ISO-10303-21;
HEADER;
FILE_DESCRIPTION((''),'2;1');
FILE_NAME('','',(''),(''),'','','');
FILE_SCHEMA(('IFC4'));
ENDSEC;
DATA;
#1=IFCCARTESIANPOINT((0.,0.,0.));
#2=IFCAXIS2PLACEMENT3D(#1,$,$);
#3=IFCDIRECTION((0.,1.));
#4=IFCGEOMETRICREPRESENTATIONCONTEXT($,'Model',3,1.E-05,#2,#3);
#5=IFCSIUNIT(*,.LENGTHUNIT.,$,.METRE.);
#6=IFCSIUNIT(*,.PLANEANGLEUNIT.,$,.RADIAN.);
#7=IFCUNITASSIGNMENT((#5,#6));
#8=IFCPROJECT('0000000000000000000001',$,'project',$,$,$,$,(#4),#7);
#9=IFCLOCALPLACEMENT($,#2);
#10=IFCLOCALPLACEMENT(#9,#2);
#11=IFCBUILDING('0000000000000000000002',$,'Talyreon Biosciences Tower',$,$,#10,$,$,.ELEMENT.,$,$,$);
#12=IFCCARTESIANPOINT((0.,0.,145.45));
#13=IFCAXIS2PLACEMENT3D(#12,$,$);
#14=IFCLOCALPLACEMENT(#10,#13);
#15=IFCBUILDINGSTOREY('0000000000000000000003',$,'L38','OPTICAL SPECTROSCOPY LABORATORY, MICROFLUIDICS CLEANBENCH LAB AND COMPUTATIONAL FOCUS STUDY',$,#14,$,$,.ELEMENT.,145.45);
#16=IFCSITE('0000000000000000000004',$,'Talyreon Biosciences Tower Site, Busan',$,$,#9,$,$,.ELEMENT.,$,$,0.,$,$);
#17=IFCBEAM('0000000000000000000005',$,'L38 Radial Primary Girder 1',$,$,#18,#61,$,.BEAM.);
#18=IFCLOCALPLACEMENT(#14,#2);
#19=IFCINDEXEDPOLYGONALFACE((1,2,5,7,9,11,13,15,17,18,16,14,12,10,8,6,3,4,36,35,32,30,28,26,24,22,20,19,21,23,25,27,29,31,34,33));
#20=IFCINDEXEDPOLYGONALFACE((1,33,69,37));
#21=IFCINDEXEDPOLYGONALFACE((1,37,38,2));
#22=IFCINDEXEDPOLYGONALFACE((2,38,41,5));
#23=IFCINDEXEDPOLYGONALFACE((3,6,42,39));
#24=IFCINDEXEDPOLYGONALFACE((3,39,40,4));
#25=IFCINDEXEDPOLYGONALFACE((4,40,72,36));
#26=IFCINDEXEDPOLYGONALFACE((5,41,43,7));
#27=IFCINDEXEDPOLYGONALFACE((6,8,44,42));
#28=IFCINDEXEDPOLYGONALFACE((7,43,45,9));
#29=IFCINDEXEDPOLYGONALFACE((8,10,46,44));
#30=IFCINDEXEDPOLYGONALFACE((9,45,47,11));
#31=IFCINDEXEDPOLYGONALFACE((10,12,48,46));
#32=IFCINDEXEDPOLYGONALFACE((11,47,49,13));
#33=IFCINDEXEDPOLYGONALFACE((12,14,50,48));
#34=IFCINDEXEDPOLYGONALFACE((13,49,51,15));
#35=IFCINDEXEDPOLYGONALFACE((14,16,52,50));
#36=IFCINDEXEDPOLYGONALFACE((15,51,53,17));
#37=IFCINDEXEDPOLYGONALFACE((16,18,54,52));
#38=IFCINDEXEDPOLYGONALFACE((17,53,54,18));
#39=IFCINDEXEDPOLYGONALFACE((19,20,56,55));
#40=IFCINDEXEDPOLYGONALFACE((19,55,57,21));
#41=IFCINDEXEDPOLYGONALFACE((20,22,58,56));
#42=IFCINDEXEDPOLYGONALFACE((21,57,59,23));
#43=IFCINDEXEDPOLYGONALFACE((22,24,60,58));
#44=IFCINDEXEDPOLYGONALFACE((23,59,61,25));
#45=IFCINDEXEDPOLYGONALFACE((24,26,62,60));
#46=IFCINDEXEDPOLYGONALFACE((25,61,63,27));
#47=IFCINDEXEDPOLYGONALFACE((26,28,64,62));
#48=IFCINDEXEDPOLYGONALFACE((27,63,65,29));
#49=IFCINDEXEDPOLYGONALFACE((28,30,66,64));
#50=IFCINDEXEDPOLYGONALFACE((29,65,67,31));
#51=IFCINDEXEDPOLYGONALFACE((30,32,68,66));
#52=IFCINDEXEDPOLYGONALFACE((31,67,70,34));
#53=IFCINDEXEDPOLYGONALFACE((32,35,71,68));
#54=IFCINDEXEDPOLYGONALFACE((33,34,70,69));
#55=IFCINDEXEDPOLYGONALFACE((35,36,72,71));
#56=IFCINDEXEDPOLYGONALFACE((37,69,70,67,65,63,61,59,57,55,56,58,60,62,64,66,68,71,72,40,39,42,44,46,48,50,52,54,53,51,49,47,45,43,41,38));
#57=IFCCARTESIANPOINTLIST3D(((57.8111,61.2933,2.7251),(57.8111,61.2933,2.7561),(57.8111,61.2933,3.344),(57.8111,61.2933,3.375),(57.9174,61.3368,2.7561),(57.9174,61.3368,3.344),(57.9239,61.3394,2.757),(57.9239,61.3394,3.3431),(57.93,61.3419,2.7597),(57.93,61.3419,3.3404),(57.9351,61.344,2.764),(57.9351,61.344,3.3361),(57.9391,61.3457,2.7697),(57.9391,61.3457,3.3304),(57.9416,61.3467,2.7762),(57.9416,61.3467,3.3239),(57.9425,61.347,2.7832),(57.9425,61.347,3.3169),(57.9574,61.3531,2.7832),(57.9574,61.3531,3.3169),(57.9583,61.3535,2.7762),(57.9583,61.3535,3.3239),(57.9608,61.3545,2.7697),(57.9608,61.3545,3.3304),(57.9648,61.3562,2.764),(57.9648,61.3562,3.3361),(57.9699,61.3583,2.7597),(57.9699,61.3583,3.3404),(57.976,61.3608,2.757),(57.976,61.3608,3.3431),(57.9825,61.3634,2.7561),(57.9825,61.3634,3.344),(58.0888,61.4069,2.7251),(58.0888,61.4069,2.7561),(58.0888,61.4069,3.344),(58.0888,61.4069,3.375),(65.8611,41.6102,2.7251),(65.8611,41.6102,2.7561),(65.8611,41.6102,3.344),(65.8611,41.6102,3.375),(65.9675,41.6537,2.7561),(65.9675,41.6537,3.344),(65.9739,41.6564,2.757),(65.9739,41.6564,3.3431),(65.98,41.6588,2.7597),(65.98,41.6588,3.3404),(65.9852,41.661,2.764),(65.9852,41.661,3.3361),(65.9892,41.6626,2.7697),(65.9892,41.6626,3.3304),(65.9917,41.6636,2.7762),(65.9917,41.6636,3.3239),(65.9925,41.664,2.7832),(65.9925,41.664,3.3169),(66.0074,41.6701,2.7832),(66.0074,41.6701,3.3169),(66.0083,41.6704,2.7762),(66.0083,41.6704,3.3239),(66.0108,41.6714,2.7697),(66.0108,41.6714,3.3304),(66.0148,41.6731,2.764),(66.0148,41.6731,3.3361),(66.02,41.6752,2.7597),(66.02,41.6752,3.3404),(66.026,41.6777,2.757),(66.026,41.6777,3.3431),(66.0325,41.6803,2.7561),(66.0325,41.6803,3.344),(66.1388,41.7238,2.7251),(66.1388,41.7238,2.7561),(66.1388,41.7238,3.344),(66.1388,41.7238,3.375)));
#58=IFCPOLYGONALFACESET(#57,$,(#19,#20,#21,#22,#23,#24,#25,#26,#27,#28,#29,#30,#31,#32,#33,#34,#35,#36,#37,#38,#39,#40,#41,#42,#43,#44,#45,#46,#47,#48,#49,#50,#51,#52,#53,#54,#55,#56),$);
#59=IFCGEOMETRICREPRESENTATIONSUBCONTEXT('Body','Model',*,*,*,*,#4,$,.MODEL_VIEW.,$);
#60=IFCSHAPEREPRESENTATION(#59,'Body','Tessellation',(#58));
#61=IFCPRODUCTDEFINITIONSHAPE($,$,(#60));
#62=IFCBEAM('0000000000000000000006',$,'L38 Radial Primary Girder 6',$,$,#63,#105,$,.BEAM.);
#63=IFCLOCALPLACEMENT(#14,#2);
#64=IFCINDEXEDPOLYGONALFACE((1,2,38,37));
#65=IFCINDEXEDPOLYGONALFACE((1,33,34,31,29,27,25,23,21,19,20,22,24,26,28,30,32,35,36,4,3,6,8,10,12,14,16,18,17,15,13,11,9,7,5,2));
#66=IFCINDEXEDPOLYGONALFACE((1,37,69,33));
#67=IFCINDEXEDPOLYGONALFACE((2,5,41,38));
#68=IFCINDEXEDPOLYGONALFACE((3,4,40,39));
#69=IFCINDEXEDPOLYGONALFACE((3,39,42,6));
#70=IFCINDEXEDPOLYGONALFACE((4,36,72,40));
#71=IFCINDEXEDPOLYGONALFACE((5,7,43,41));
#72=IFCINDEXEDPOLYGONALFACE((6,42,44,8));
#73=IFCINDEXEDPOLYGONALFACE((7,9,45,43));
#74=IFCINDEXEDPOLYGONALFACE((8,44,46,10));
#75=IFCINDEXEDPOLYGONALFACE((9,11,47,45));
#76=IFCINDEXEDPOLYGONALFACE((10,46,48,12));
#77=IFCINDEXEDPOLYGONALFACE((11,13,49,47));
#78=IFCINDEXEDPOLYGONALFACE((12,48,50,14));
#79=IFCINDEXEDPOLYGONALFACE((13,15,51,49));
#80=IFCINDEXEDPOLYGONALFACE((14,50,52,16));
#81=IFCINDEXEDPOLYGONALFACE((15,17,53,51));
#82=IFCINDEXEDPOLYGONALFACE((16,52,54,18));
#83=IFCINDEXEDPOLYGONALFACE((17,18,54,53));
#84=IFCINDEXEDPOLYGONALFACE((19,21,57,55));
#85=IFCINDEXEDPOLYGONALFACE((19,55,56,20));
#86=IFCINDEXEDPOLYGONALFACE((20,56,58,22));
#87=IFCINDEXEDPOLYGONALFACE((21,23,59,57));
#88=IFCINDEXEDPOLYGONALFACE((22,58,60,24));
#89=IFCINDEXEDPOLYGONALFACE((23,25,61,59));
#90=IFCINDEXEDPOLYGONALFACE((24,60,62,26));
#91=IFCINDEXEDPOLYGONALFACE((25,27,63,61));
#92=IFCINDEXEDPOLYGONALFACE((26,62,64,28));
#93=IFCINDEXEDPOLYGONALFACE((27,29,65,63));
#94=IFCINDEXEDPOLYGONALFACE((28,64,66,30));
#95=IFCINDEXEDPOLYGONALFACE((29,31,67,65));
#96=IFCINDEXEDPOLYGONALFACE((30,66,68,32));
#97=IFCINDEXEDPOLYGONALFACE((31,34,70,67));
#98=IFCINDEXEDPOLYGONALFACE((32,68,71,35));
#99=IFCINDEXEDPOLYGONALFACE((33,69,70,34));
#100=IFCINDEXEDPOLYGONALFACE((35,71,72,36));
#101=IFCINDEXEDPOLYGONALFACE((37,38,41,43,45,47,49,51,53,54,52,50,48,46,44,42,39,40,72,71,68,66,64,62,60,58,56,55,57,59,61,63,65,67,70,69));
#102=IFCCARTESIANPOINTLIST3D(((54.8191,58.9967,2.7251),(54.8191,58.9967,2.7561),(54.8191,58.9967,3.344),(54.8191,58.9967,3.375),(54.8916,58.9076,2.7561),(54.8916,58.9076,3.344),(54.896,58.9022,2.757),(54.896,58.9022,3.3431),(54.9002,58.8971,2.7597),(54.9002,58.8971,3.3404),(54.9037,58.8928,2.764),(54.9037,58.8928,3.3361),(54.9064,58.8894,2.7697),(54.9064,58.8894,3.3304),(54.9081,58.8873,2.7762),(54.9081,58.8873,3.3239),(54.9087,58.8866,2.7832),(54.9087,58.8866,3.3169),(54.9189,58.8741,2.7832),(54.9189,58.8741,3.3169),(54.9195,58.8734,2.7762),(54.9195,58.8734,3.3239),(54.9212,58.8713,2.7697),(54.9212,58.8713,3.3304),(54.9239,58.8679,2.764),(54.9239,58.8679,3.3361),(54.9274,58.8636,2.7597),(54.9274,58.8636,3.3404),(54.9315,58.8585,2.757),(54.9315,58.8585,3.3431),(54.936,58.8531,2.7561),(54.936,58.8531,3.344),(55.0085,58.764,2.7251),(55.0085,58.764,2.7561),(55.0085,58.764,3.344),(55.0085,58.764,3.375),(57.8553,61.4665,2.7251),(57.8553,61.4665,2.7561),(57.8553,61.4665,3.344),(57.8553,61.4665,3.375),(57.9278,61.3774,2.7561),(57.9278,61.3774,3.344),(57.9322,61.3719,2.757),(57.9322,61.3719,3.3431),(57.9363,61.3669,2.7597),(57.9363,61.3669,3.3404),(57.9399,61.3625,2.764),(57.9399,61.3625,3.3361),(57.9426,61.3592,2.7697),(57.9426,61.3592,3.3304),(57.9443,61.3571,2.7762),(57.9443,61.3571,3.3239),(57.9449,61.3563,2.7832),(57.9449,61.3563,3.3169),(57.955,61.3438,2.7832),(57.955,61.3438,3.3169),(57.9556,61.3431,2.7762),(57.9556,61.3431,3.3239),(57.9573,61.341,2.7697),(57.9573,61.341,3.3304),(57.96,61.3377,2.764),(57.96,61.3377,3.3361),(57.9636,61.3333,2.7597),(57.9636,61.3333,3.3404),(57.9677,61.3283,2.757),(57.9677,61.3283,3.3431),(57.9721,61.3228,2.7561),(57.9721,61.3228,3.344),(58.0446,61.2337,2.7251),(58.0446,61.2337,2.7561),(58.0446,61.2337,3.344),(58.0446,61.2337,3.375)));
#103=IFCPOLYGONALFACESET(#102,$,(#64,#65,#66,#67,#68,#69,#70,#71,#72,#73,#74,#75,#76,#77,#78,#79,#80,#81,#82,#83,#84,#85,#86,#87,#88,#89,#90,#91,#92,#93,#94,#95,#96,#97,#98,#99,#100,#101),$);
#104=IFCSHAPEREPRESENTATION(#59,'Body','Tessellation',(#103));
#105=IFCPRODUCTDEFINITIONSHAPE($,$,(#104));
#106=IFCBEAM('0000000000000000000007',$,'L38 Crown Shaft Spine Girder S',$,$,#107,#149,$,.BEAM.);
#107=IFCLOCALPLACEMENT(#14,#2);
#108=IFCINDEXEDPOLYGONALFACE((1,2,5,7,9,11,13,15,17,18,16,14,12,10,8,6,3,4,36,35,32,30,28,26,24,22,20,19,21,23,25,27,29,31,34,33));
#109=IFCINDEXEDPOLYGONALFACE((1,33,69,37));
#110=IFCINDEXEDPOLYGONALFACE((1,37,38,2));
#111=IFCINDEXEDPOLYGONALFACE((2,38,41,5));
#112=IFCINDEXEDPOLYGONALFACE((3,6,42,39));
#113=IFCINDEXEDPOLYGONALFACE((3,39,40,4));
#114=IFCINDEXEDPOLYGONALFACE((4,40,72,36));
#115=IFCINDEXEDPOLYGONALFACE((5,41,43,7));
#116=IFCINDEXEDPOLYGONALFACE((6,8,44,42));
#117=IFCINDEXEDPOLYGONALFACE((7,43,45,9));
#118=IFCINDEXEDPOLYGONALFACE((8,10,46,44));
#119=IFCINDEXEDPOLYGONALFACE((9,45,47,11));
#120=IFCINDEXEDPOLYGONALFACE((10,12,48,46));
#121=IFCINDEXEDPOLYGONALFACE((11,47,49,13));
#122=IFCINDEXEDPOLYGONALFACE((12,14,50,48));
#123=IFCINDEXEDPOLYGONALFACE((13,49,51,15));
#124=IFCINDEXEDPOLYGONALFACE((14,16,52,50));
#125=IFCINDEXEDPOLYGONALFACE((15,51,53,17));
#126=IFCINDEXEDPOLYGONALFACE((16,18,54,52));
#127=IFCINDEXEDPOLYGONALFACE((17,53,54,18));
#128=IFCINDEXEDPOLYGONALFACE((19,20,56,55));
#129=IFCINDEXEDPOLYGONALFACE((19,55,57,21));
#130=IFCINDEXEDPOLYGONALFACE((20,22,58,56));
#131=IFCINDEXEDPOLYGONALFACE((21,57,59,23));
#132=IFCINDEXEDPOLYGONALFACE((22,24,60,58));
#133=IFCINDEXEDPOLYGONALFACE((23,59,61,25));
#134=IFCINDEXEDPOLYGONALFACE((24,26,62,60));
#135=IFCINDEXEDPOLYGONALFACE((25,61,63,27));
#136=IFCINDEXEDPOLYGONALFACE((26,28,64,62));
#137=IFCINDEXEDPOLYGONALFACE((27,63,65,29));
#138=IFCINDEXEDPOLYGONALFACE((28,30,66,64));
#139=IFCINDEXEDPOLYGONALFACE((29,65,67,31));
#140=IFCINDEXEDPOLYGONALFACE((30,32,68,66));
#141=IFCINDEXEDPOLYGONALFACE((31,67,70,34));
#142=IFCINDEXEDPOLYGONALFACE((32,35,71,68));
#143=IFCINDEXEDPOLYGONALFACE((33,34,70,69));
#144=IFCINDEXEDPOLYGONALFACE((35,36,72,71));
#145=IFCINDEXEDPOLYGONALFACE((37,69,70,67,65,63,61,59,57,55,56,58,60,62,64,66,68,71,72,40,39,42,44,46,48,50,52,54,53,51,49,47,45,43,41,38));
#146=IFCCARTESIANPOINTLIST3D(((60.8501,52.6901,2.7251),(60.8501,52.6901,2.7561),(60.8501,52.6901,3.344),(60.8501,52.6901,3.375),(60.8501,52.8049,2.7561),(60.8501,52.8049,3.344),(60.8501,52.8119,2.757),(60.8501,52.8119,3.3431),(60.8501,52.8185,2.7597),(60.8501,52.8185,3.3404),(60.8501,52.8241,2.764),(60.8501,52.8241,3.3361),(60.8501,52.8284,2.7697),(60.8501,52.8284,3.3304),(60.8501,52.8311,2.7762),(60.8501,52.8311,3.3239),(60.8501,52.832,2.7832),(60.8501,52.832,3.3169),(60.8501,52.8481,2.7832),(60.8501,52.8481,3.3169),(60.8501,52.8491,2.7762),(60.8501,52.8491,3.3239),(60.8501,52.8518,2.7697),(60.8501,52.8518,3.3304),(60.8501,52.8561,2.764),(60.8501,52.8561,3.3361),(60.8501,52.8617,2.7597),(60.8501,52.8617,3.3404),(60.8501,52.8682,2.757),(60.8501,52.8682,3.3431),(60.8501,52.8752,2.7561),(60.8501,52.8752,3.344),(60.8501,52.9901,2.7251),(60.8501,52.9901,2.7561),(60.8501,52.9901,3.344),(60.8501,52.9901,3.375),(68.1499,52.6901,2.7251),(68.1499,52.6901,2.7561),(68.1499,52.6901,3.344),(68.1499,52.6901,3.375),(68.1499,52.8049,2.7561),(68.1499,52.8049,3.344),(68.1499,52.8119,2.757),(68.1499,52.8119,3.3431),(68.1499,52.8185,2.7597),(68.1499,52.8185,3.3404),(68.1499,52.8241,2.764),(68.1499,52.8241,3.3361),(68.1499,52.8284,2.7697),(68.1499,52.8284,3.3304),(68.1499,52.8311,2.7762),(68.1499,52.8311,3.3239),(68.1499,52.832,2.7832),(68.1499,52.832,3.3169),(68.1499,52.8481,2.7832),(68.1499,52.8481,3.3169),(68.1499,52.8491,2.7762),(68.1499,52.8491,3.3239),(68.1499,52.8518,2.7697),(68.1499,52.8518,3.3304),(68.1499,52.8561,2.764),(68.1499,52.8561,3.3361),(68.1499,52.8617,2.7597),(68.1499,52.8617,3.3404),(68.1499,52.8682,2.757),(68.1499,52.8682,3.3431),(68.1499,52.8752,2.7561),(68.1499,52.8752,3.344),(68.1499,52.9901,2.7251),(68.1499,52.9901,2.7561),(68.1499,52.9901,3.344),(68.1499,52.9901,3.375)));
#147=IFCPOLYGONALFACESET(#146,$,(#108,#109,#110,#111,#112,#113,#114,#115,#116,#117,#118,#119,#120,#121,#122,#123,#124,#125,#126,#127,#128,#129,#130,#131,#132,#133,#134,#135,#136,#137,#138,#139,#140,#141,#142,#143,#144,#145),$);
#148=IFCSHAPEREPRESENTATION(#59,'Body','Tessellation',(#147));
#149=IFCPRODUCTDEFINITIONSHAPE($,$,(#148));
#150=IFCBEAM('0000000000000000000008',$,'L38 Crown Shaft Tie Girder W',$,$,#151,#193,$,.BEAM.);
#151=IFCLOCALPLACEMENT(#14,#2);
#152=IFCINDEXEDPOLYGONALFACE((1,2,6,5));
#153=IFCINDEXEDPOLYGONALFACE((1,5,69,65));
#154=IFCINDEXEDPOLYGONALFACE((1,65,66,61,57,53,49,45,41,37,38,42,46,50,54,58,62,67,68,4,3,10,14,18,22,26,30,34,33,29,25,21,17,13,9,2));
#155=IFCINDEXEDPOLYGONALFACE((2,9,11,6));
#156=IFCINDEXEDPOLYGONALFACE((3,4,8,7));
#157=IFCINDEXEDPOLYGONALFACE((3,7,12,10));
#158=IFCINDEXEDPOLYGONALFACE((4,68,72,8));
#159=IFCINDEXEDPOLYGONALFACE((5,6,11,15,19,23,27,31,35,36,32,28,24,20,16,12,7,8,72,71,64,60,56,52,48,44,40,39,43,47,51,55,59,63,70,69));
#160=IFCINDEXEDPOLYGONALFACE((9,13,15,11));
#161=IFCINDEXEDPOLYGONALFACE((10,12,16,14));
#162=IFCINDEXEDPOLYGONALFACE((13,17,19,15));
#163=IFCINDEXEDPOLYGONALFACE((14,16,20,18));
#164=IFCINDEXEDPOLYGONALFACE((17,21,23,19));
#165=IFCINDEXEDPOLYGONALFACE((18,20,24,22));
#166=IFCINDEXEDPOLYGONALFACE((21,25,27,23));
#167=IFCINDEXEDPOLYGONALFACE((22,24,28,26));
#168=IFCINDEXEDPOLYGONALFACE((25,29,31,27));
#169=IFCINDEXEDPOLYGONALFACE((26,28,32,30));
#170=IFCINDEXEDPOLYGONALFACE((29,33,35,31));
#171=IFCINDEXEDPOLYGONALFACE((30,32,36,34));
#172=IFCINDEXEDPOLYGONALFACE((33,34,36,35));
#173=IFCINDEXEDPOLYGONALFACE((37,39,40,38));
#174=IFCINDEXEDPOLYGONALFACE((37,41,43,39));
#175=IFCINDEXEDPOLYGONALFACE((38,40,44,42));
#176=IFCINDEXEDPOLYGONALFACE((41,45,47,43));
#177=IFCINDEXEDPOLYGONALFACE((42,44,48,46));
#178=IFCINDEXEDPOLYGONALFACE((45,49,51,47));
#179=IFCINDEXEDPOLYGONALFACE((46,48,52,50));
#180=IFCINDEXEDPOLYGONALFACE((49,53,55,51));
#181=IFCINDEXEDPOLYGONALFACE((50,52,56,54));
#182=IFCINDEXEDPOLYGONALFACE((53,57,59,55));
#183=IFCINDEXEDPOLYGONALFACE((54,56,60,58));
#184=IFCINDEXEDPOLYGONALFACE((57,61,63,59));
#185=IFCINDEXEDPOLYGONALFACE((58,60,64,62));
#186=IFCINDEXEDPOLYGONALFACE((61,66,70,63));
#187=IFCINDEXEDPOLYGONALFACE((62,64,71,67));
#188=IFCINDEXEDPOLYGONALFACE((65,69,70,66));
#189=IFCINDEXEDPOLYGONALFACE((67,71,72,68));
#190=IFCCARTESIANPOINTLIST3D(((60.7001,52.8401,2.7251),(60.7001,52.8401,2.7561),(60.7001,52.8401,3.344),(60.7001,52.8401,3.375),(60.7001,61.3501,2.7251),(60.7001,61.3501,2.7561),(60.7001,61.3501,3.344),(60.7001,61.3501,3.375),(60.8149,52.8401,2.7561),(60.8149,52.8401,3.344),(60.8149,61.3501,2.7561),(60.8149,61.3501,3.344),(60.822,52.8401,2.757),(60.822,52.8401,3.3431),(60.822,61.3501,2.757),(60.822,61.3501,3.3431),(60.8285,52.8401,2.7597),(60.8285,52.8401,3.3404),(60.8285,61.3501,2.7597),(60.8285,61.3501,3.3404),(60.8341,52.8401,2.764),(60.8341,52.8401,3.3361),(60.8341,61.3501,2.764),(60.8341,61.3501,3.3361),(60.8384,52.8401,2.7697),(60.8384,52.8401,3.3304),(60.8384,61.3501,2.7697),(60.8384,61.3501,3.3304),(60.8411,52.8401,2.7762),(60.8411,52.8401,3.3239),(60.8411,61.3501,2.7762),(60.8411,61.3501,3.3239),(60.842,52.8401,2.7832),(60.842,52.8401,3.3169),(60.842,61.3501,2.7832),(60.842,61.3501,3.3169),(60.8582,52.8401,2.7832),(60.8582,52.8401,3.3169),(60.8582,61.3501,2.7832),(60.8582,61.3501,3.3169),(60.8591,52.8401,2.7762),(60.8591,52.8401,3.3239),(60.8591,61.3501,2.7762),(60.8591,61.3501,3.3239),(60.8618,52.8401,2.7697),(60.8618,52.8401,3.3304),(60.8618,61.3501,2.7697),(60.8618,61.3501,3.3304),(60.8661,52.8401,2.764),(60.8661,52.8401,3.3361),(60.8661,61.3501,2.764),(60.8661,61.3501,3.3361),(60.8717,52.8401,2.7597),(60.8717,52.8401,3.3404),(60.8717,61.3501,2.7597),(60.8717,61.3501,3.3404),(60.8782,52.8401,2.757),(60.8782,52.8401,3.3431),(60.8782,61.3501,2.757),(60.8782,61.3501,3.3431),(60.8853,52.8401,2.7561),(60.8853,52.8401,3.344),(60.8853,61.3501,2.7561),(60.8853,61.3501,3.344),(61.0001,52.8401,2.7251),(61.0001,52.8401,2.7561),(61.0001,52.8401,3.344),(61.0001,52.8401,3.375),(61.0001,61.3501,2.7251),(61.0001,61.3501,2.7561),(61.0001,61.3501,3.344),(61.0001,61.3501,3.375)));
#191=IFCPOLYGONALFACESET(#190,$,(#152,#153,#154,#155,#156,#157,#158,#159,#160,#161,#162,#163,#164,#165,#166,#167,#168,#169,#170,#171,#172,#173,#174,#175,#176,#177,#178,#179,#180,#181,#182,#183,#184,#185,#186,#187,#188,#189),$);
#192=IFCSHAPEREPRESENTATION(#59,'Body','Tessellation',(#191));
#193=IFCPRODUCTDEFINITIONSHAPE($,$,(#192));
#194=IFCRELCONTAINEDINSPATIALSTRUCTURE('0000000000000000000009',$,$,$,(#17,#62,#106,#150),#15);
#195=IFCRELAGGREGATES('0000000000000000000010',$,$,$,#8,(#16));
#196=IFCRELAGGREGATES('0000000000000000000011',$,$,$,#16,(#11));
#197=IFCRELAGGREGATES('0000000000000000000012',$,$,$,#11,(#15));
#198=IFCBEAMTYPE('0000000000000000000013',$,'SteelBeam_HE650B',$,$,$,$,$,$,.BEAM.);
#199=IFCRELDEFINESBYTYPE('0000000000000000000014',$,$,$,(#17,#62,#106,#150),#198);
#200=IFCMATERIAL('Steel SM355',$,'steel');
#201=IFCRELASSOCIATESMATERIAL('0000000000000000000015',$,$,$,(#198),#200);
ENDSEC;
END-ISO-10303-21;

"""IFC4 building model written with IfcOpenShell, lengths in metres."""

from ifc_helpers import new_model, si_unit, direction, frame, origin, origin_2d, place, context, subcontext, project, spatial, i_section, extrude, material, material_profile, profile_set, type_object, element, save


model = new_model("IFC4")

# Units and contexts
model_context = context("Model", 3, precision=1e-05, world=origin(), true_north=direction((0.0, 1.0)))
body_context = subcontext(model_context, "Body", "Model", "MODEL_VIEW")
ifc_project = project(units=[si_unit("LENGTHUNIT", "METRE"), si_unit("PLANEANGLEUNIT", "RADIAN")], contexts=[model_context])

# Site, building, storey
site_placement = place(None, origin())
site = spatial("IfcSite", under=ifc_project, at=site_placement, Name="Talyreon Biosciences Tower Site, Busan", CompositionType="ELEMENT", RefElevation=0.0)
building_placement = place(site_placement, origin())
building = spatial("IfcBuilding", under=site, at=building_placement, Name="Talyreon Biosciences Tower", CompositionType="ELEMENT")
storey_placement = place(building_placement, frame((0.0, 0.0, 145.45)))
storey = spatial("IfcBuildingStorey", under=building, at=storey_placement, Name="L38", Description="OPTICAL SPECTROSCOPY LABORATORY, MICROFLUIDICS CLEANBENCH LAB AND COMPUTATIONAL FOCUS STUDY", CompositionType="ELEMENT", Elevation=145.45)

# Beams
ifc_material_1 = material(Name="Steel SM355", Category="steel")
ifc_material_profile_1 = material_profile(ifc_material_1, i_section(OverallWidth=0.3, OverallDepth=0.6499, WebThickness=0.0161, FlangeThickness=0.031, FilletRadius=0.0271, at=origin_2d()), Name="HE650B")
ifc_profile_set_1 = profile_set([ifc_material_profile_1], Name="Steel SM355")
beam_type_1 = type_object("IfcBeamType", Name="SteelBeam_HE650B", PredefinedType="BEAM", material=ifc_profile_set_1)
beam_1_placement = place(storey_placement, frame((57.95, 61.3501, 3.05), z_axis=(0.378547, -0.925582, 0.0), x_axis=(0.925582, 0.378547, 0.0)))
element("IfcBeam", 1, at=beam_1_placement, inside=storey, type_object=beam_type_1, Name="L38 Radial Primary Girder 1", PredefinedType="BEAM", context=body_context, shape_type="SweptSolid", body=[
    extrude(i_section(OverallWidth=0.3, OverallDepth=0.6499, WebThickness=0.0161, FlangeThickness=0.031, FilletRadius=0.0271, at=origin_2d()), origin(), (0.0, 0.0, 1.0), 21.2656),
])
beam_2_placement = place(storey_placement, frame((57.95, 61.3501, 3.05), z_axis=(-0.775755, -0.631034, 0.0), x_axis=(0.631034, -0.775755, 0.0)))
element("IfcBeam", 2, at=beam_2_placement, inside=storey, type_object=beam_type_1, Name="L38 Radial Primary Girder 6", PredefinedType="BEAM", context=body_context, shape_type="SweptSolid", body=[
    extrude(i_section(OverallWidth=0.3, OverallDepth=0.6499, WebThickness=0.0161, FlangeThickness=0.031, FilletRadius=0.0271, at=origin_2d()), origin(), (0.0, 0.0, 1.0), 3.9138),
])
beam_3_placement = place(storey_placement, frame((60.8501, 52.8401, 3.05), z_axis=(1.0, 0.0, 0.0), x_axis=(0.0, 1.0, 0.0)))
element("IfcBeam", 3, at=beam_3_placement, inside=storey, type_object=beam_type_1, Name="L38 Crown Shaft Spine Girder S", PredefinedType="BEAM", context=body_context, shape_type="SweptSolid", body=[
    extrude(i_section(OverallWidth=0.3, OverallDepth=0.6499, WebThickness=0.0161, FlangeThickness=0.031, FilletRadius=0.0271, at=origin_2d()), origin(), (0.0, 0.0, 1.0), 7.2998),
])
beam_4_placement = place(storey_placement, frame((60.8501, 52.8401, 3.05), z_axis=(0.0, 1.0, 0.0), x_axis=(-1.0, 0.0, 0.0)))
element("IfcBeam", 4, at=beam_4_placement, inside=storey, type_object=beam_type_1, Name="L38 Crown Shaft Tie Girder W", PredefinedType="BEAM", context=body_context, shape_type="SweptSolid", body=[
    extrude(i_section(OverallWidth=0.3, OverallDepth=0.6499, WebThickness=0.0161, FlangeThickness=0.031, FilletRadius=0.0271, at=origin_2d()), origin(), (0.0, 0.0, 1.0), 8.51),
])

save(model, "model.ifc")
